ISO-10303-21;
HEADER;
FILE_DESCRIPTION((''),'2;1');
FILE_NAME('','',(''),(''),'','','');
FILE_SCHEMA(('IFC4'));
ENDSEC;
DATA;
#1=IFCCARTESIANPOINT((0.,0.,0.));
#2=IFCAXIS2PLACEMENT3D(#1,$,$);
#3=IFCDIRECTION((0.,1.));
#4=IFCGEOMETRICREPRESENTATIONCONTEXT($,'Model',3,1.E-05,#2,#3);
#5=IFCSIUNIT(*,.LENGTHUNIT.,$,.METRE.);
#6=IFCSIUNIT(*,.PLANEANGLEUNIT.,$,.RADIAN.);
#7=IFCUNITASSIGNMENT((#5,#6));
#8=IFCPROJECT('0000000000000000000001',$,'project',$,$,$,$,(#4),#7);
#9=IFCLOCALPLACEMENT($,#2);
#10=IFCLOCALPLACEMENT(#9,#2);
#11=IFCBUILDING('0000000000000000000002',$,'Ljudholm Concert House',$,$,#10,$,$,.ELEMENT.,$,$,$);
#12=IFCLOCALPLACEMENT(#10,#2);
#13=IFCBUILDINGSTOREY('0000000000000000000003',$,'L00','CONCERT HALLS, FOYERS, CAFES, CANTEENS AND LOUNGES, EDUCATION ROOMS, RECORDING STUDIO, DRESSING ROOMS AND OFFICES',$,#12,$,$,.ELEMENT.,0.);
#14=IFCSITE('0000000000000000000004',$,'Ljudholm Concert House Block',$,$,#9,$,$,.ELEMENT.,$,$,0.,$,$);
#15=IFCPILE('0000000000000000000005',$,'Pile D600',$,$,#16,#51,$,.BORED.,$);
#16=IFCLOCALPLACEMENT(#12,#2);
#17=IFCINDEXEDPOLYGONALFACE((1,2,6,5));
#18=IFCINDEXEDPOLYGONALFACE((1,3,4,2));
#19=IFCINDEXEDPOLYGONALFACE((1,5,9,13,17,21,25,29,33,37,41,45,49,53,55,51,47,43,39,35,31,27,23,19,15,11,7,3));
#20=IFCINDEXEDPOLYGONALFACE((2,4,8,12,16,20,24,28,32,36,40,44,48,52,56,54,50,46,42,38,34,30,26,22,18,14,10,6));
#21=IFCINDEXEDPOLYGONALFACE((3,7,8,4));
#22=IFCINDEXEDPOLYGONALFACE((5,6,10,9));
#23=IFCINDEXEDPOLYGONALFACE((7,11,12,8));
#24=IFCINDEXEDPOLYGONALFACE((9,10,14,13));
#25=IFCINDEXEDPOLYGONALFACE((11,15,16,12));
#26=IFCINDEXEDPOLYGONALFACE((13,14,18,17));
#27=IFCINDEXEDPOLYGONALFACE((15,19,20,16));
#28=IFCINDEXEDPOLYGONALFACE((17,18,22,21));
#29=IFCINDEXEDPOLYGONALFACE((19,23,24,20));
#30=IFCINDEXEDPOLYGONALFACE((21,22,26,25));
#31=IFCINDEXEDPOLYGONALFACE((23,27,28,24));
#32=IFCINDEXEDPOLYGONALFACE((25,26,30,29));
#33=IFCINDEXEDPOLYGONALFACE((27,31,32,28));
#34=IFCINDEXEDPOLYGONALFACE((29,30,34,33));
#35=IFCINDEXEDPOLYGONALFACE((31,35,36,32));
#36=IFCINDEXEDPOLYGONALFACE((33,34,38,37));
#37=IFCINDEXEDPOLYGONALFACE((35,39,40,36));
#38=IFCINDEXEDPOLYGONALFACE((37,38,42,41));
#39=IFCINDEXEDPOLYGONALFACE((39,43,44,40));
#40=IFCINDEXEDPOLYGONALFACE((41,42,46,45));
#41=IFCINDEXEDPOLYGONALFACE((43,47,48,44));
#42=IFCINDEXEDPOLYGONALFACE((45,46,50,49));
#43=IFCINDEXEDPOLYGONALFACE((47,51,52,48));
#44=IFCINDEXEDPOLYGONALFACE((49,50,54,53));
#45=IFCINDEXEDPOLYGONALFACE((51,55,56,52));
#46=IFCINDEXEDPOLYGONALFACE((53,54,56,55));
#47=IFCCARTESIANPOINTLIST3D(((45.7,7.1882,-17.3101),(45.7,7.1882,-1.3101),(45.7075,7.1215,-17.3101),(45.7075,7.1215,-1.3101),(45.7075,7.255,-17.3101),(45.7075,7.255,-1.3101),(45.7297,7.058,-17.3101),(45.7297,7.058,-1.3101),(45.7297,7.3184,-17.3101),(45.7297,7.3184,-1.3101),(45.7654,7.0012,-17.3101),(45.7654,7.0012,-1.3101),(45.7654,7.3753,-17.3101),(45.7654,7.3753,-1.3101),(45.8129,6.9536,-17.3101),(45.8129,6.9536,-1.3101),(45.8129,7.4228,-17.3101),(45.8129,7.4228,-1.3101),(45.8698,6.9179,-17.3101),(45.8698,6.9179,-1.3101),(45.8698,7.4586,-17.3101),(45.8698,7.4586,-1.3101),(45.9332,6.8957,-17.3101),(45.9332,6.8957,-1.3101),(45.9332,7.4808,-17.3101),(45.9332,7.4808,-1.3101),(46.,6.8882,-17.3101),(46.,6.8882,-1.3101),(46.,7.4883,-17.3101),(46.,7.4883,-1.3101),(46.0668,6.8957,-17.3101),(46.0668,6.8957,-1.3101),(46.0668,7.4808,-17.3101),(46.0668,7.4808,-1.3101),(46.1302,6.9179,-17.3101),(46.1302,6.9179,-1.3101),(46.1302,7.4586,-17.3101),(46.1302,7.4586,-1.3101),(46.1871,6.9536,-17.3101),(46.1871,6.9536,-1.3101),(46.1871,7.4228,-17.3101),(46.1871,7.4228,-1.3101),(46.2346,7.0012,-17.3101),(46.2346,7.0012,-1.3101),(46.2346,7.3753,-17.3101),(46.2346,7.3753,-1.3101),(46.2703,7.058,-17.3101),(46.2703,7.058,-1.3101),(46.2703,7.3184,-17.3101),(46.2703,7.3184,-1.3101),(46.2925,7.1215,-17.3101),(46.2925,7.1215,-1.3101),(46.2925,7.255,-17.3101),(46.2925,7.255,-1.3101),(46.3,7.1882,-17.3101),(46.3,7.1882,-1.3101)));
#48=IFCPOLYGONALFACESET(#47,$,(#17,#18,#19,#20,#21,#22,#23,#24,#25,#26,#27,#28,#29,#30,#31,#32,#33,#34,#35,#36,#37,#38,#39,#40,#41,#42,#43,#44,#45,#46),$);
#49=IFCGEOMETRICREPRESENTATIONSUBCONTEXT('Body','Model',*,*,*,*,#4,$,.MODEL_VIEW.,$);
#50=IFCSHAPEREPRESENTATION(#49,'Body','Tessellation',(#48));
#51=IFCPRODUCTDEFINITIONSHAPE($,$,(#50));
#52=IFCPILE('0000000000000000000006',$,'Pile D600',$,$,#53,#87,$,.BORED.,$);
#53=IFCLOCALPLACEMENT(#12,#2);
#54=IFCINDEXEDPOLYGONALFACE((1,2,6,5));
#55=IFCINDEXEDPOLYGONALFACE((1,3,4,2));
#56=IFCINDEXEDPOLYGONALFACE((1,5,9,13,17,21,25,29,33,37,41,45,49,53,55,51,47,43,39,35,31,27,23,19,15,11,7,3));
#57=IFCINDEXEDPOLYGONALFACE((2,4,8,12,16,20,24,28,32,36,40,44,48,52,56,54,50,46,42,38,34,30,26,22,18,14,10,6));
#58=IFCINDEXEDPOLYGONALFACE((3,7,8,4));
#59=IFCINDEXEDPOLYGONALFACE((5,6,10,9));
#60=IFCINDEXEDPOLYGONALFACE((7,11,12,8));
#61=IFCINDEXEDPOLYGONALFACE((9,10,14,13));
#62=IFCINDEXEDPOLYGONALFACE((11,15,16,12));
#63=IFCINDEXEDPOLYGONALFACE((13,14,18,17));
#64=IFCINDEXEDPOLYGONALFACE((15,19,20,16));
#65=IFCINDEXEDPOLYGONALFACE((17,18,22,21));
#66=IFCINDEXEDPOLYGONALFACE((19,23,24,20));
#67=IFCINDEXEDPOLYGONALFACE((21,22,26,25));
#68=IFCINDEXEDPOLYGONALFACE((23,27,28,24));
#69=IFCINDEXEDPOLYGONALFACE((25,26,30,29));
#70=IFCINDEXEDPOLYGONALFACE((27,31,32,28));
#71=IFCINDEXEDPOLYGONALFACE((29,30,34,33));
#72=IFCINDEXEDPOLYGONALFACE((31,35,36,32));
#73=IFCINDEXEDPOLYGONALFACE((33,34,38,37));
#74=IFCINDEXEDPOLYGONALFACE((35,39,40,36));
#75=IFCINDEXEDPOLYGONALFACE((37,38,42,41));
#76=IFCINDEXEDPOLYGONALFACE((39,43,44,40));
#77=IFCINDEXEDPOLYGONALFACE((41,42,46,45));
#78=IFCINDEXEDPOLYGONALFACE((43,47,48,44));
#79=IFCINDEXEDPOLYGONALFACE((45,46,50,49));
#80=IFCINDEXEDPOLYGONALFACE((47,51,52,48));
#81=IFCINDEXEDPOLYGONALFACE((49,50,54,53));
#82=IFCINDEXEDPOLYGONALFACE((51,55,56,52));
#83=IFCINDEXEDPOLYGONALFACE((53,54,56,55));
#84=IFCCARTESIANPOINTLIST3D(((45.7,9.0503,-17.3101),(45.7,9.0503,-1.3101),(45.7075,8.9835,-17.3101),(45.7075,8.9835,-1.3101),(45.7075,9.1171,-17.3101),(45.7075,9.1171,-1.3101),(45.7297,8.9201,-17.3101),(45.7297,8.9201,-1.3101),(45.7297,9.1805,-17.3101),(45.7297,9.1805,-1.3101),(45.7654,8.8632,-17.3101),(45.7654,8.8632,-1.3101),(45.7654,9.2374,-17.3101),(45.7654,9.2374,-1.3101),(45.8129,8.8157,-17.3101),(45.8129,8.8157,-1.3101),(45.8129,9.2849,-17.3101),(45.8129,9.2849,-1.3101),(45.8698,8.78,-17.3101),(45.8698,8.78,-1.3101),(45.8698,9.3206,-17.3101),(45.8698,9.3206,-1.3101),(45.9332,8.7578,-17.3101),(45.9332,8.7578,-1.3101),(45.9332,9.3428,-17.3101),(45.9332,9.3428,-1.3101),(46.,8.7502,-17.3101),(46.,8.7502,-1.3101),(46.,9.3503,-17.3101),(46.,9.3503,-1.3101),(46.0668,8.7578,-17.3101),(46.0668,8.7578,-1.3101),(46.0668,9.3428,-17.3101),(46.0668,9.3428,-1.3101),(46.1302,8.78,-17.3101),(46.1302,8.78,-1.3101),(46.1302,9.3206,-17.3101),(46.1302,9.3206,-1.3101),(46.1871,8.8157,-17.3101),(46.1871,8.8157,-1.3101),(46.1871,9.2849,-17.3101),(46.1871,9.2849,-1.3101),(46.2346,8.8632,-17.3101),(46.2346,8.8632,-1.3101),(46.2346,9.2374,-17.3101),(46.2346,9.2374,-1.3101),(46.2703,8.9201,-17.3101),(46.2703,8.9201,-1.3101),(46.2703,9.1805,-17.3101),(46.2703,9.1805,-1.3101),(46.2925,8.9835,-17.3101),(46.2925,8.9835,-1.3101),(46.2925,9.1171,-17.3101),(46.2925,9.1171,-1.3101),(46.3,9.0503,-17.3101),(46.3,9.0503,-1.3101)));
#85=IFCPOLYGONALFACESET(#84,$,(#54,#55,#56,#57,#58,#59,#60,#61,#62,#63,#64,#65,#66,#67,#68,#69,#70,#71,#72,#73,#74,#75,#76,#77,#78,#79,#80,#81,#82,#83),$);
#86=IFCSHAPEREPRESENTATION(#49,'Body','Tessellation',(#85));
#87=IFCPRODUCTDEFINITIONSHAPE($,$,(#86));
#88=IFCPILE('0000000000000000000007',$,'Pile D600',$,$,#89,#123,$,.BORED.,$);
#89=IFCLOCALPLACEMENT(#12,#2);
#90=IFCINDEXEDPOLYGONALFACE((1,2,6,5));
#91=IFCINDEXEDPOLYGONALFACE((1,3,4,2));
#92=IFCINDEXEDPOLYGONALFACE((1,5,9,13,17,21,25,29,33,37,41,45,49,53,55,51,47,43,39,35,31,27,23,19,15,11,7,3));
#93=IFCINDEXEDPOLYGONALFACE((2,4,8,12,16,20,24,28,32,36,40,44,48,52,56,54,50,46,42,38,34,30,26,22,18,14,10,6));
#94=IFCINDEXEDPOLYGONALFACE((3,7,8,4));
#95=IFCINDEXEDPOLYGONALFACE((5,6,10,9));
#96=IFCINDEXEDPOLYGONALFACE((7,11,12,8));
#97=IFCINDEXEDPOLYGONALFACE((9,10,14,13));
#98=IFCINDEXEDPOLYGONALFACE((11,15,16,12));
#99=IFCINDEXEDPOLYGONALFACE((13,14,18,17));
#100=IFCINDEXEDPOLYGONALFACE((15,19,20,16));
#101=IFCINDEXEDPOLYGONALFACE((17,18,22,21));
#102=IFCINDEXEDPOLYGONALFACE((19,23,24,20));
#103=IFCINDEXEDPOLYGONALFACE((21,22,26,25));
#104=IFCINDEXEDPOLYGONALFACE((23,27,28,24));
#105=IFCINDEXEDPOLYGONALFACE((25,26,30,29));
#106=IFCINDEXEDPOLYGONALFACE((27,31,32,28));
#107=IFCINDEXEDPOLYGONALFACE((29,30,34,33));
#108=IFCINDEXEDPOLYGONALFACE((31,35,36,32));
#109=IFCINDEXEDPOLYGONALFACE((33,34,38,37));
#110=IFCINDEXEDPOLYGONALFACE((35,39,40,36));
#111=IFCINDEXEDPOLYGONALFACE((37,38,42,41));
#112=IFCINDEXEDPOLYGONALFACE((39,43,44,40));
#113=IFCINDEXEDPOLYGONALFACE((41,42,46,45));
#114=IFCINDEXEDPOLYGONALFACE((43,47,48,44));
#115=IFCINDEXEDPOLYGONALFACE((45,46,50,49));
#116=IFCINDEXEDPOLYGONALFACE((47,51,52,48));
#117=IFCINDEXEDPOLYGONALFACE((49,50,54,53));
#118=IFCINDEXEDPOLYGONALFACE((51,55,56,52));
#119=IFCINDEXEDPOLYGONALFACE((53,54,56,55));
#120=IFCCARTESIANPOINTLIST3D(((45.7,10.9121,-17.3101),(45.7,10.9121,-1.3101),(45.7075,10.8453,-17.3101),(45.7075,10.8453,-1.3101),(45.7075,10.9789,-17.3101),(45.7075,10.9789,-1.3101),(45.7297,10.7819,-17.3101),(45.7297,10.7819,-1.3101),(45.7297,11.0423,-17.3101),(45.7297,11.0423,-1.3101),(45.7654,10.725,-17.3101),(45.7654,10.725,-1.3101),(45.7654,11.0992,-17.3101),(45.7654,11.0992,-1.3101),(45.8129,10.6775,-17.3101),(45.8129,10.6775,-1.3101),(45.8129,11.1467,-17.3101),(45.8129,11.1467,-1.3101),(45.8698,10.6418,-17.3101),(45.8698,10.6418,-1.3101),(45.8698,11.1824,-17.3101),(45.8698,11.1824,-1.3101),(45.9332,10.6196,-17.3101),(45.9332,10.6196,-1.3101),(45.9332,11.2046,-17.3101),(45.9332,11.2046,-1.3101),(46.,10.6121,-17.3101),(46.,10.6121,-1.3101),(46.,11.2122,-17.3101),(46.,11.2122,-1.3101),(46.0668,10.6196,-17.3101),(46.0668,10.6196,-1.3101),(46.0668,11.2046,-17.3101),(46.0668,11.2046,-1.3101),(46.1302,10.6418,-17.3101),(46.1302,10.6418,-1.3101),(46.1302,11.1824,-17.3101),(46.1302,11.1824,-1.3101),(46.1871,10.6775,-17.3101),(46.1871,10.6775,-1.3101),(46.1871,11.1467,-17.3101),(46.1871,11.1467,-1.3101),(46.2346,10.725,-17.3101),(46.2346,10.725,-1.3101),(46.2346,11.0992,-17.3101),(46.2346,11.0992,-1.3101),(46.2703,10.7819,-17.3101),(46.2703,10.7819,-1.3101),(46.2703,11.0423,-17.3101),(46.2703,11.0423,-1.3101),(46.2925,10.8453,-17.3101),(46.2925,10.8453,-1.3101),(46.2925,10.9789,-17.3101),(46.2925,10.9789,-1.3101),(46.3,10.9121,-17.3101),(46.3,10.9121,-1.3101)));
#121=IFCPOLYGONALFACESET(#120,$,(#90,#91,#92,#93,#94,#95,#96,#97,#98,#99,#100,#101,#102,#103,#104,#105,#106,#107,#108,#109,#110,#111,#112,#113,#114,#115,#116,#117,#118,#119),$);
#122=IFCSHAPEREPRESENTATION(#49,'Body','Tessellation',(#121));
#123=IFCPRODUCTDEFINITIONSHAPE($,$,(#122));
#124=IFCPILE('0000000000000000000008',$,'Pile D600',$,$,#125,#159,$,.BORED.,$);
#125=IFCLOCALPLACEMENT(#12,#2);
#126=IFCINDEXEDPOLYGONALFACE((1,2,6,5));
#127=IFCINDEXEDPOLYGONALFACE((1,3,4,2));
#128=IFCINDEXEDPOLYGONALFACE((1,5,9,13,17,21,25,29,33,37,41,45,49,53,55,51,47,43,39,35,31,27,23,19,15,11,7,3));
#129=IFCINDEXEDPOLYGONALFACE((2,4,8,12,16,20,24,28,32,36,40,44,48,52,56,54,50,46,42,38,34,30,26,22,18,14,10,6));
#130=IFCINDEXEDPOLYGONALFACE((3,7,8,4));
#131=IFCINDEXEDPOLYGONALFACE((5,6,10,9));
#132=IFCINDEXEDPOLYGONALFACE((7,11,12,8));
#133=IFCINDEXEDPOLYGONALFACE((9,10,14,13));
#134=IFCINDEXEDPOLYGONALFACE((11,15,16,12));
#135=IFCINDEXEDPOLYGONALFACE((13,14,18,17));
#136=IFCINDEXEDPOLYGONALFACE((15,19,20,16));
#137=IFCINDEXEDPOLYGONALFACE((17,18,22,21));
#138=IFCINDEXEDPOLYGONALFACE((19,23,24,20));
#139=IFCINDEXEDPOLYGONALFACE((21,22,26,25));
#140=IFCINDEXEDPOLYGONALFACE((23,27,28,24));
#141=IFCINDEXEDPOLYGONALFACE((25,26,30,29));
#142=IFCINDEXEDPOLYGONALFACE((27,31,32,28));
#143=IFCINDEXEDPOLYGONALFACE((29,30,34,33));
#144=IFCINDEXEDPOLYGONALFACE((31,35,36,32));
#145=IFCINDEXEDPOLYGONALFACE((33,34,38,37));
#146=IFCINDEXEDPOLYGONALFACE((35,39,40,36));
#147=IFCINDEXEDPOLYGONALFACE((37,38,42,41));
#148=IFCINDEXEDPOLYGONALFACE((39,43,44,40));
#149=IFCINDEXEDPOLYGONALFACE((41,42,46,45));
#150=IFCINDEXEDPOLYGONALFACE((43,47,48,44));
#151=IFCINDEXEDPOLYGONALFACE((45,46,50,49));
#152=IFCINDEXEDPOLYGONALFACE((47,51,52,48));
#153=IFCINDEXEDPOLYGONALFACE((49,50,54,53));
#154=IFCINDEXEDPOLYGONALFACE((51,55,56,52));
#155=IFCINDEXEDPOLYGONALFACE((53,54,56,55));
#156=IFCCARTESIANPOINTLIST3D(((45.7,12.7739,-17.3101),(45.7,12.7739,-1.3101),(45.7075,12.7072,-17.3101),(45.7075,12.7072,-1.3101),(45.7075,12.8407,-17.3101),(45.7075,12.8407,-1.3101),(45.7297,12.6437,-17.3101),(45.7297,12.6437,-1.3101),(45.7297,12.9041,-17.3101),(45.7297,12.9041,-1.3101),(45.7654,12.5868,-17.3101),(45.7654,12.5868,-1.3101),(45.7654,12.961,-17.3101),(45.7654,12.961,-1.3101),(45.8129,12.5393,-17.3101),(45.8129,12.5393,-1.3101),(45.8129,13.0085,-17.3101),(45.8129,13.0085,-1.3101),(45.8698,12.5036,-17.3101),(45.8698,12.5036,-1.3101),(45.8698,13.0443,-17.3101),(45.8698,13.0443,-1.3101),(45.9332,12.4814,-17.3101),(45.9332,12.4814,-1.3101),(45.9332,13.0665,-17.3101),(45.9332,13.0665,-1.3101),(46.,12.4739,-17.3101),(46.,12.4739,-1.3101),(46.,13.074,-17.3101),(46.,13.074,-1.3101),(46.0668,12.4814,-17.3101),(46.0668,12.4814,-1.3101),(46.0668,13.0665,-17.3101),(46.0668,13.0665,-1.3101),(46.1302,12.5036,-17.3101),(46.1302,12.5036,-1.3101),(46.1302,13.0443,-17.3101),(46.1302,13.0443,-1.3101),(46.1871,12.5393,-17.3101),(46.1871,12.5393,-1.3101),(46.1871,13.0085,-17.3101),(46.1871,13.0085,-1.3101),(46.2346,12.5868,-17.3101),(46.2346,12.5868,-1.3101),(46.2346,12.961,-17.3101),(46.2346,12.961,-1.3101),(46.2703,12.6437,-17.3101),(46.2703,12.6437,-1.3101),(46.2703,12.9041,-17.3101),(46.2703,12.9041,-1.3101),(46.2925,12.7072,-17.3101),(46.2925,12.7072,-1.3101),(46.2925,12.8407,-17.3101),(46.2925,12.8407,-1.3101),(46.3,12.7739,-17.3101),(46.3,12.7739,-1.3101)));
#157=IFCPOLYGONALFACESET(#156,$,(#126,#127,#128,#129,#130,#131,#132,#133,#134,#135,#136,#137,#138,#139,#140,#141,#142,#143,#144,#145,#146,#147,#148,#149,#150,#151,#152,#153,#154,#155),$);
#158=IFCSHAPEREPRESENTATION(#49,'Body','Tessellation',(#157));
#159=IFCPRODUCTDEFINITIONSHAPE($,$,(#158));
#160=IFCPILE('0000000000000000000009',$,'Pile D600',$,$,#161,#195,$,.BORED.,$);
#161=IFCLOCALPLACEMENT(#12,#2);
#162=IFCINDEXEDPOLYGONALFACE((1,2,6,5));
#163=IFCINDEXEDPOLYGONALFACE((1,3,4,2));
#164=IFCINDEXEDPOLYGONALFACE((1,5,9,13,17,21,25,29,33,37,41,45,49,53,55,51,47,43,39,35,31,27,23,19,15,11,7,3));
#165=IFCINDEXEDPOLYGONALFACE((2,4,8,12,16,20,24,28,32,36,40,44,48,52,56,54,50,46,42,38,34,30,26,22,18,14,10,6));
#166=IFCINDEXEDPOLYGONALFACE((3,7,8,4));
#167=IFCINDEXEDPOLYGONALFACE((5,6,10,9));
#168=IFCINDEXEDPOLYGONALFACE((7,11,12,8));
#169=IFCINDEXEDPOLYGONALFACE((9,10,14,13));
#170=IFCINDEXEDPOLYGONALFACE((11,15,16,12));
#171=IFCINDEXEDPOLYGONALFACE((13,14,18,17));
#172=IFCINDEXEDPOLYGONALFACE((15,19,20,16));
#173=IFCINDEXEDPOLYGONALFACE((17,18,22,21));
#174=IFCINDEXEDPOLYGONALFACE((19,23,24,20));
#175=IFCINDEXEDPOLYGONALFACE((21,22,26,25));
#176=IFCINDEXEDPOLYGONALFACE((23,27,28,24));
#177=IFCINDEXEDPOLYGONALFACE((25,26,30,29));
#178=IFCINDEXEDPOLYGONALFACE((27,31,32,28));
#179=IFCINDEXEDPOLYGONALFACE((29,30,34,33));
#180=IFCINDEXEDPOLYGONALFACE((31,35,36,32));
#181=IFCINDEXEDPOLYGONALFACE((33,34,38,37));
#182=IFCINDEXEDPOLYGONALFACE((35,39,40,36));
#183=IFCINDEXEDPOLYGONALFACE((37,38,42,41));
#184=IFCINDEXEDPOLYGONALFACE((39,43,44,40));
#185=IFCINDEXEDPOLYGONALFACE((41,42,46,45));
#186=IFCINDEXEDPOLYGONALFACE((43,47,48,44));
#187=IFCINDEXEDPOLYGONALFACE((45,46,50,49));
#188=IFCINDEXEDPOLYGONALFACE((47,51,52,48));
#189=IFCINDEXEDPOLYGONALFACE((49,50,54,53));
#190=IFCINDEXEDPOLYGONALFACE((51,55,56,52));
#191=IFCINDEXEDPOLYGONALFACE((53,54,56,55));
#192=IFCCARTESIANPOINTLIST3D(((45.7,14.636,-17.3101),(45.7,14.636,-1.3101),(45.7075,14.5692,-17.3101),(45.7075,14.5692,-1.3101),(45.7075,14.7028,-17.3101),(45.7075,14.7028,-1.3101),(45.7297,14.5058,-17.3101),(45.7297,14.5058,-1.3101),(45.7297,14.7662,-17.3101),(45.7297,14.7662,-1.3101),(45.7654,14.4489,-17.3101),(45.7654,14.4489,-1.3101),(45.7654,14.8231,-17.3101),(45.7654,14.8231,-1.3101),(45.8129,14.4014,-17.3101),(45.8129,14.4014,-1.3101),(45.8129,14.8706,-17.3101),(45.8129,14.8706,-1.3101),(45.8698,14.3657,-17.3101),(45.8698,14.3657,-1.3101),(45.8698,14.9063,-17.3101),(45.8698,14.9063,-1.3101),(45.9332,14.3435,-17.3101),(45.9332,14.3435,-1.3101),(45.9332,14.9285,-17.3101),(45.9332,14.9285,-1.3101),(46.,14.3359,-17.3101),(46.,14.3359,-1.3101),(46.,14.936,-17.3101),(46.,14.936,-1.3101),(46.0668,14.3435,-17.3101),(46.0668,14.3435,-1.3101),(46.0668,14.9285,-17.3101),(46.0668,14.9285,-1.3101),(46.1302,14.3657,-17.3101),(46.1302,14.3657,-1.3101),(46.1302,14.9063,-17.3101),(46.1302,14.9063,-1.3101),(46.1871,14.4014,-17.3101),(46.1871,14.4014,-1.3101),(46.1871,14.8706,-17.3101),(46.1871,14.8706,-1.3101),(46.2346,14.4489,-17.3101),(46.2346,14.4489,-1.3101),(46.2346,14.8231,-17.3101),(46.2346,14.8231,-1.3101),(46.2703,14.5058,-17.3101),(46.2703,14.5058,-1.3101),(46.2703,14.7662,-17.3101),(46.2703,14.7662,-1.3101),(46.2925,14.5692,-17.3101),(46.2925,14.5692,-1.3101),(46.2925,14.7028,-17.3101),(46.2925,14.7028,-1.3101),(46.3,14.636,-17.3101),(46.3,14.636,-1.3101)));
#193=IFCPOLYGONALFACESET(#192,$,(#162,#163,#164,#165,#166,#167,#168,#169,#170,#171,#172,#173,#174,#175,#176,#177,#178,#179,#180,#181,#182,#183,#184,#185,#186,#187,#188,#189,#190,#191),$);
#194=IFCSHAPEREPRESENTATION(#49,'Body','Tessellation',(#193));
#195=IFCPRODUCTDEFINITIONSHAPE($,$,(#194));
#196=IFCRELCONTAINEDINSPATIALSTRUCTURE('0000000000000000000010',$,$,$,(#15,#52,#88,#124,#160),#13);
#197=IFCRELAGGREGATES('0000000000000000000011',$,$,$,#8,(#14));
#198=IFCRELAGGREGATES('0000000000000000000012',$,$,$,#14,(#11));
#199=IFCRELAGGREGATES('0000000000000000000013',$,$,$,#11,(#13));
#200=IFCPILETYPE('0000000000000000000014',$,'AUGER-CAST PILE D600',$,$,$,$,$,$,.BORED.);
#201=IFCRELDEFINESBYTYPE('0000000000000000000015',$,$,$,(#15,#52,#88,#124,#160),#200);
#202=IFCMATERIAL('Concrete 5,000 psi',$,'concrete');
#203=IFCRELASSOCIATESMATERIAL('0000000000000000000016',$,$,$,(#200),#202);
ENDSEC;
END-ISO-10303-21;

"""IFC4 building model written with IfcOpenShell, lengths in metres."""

from ifc_helpers import new_model, si_unit, direction, frame, origin, origin_2d, place, context, subcontext, project, spatial, circle, extrude, material, material_profile, profile_set, type_object, element, save


model = new_model("IFC4")

# Units and contexts
model_context = context("Model", 3, precision=1e-05, world=origin(), true_north=direction((0.0, 1.0)))
body_context = subcontext(model_context, "Body", "Model", "MODEL_VIEW")
ifc_project = project(units=[si_unit("LENGTHUNIT", "METRE"), si_unit("PLANEANGLEUNIT", "RADIAN")], contexts=[model_context])

# Site, building, storey
site_placement = place(None, origin())
site = spatial("IfcSite", under=ifc_project, at=site_placement, Name="Ljudholm Concert House Block", CompositionType="ELEMENT", RefElevation=0.0)
building_placement = place(site_placement, origin())
building = spatial("IfcBuilding", under=site, at=building_placement, Name="Ljudholm Concert House", CompositionType="ELEMENT")
storey_placement = place(building_placement, origin())
storey = spatial("IfcBuildingStorey", under=building, at=storey_placement, Name="L00", Description="CONCERT HALLS, FOYERS, CAFES, CANTEENS AND LOUNGES, EDUCATION ROOMS, RECORDING STUDIO, DRESSING ROOMS AND OFFICES", CompositionType="ELEMENT", Elevation=0.0)

# Piles
ifc_material_1 = material(Name="Concrete 5,000 psi", Category="concrete")
ifc_material_profile_1 = material_profile(ifc_material_1, circle(Radius=0.3, at=origin_2d()), Name="AUGER-CAST PILE D600")
ifc_profile_set_1 = profile_set([ifc_material_profile_1], Name="Concrete 5,000 psi")
pile_type = type_object("IfcPileType", Name="AUGER-CAST PILE D600", PredefinedType="BORED", material=ifc_profile_set_1)
for number, where, z_axis, x_axis, name in (
    (1, (46.0, 7.1882, -1.3101), (0.0, 0.0, -1.0), (1.0, 0.0, 0.0), "Pile D600"),
    (2, (46.0, 9.0503, -1.3101), (0.0, 0.0, -1.0), (1.0, 0.0, 0.0), "Pile D600"),
    (3, (46.0, 10.9121, -1.3101), (0.0, 0.0, -1.0), (1.0, 0.0, 0.0), "Pile D600"),
    (4, (46.0, 12.7739, -1.3101), (0.0, 0.0, -1.0), (1.0, 0.0, 0.0), "Pile D600"),
    (5, (46.0, 14.636, -1.3101), (0.0, 0.0, -1.0), (1.0, 0.0, 0.0), "Pile D600"),
):
    element("IfcPile", number, at=place(storey_placement, frame(where, z_axis=z_axis, x_axis=x_axis)), inside=storey, type_object=pile_type, Name=name, PredefinedType="BORED", context=body_context, shape_type="SweptSolid", body=[
        extrude(circle(Radius=0.3, at=origin_2d()), origin(), (0.0, 0.0, 1.0), 16.0),
    ])

save(model, "model.ifc")
